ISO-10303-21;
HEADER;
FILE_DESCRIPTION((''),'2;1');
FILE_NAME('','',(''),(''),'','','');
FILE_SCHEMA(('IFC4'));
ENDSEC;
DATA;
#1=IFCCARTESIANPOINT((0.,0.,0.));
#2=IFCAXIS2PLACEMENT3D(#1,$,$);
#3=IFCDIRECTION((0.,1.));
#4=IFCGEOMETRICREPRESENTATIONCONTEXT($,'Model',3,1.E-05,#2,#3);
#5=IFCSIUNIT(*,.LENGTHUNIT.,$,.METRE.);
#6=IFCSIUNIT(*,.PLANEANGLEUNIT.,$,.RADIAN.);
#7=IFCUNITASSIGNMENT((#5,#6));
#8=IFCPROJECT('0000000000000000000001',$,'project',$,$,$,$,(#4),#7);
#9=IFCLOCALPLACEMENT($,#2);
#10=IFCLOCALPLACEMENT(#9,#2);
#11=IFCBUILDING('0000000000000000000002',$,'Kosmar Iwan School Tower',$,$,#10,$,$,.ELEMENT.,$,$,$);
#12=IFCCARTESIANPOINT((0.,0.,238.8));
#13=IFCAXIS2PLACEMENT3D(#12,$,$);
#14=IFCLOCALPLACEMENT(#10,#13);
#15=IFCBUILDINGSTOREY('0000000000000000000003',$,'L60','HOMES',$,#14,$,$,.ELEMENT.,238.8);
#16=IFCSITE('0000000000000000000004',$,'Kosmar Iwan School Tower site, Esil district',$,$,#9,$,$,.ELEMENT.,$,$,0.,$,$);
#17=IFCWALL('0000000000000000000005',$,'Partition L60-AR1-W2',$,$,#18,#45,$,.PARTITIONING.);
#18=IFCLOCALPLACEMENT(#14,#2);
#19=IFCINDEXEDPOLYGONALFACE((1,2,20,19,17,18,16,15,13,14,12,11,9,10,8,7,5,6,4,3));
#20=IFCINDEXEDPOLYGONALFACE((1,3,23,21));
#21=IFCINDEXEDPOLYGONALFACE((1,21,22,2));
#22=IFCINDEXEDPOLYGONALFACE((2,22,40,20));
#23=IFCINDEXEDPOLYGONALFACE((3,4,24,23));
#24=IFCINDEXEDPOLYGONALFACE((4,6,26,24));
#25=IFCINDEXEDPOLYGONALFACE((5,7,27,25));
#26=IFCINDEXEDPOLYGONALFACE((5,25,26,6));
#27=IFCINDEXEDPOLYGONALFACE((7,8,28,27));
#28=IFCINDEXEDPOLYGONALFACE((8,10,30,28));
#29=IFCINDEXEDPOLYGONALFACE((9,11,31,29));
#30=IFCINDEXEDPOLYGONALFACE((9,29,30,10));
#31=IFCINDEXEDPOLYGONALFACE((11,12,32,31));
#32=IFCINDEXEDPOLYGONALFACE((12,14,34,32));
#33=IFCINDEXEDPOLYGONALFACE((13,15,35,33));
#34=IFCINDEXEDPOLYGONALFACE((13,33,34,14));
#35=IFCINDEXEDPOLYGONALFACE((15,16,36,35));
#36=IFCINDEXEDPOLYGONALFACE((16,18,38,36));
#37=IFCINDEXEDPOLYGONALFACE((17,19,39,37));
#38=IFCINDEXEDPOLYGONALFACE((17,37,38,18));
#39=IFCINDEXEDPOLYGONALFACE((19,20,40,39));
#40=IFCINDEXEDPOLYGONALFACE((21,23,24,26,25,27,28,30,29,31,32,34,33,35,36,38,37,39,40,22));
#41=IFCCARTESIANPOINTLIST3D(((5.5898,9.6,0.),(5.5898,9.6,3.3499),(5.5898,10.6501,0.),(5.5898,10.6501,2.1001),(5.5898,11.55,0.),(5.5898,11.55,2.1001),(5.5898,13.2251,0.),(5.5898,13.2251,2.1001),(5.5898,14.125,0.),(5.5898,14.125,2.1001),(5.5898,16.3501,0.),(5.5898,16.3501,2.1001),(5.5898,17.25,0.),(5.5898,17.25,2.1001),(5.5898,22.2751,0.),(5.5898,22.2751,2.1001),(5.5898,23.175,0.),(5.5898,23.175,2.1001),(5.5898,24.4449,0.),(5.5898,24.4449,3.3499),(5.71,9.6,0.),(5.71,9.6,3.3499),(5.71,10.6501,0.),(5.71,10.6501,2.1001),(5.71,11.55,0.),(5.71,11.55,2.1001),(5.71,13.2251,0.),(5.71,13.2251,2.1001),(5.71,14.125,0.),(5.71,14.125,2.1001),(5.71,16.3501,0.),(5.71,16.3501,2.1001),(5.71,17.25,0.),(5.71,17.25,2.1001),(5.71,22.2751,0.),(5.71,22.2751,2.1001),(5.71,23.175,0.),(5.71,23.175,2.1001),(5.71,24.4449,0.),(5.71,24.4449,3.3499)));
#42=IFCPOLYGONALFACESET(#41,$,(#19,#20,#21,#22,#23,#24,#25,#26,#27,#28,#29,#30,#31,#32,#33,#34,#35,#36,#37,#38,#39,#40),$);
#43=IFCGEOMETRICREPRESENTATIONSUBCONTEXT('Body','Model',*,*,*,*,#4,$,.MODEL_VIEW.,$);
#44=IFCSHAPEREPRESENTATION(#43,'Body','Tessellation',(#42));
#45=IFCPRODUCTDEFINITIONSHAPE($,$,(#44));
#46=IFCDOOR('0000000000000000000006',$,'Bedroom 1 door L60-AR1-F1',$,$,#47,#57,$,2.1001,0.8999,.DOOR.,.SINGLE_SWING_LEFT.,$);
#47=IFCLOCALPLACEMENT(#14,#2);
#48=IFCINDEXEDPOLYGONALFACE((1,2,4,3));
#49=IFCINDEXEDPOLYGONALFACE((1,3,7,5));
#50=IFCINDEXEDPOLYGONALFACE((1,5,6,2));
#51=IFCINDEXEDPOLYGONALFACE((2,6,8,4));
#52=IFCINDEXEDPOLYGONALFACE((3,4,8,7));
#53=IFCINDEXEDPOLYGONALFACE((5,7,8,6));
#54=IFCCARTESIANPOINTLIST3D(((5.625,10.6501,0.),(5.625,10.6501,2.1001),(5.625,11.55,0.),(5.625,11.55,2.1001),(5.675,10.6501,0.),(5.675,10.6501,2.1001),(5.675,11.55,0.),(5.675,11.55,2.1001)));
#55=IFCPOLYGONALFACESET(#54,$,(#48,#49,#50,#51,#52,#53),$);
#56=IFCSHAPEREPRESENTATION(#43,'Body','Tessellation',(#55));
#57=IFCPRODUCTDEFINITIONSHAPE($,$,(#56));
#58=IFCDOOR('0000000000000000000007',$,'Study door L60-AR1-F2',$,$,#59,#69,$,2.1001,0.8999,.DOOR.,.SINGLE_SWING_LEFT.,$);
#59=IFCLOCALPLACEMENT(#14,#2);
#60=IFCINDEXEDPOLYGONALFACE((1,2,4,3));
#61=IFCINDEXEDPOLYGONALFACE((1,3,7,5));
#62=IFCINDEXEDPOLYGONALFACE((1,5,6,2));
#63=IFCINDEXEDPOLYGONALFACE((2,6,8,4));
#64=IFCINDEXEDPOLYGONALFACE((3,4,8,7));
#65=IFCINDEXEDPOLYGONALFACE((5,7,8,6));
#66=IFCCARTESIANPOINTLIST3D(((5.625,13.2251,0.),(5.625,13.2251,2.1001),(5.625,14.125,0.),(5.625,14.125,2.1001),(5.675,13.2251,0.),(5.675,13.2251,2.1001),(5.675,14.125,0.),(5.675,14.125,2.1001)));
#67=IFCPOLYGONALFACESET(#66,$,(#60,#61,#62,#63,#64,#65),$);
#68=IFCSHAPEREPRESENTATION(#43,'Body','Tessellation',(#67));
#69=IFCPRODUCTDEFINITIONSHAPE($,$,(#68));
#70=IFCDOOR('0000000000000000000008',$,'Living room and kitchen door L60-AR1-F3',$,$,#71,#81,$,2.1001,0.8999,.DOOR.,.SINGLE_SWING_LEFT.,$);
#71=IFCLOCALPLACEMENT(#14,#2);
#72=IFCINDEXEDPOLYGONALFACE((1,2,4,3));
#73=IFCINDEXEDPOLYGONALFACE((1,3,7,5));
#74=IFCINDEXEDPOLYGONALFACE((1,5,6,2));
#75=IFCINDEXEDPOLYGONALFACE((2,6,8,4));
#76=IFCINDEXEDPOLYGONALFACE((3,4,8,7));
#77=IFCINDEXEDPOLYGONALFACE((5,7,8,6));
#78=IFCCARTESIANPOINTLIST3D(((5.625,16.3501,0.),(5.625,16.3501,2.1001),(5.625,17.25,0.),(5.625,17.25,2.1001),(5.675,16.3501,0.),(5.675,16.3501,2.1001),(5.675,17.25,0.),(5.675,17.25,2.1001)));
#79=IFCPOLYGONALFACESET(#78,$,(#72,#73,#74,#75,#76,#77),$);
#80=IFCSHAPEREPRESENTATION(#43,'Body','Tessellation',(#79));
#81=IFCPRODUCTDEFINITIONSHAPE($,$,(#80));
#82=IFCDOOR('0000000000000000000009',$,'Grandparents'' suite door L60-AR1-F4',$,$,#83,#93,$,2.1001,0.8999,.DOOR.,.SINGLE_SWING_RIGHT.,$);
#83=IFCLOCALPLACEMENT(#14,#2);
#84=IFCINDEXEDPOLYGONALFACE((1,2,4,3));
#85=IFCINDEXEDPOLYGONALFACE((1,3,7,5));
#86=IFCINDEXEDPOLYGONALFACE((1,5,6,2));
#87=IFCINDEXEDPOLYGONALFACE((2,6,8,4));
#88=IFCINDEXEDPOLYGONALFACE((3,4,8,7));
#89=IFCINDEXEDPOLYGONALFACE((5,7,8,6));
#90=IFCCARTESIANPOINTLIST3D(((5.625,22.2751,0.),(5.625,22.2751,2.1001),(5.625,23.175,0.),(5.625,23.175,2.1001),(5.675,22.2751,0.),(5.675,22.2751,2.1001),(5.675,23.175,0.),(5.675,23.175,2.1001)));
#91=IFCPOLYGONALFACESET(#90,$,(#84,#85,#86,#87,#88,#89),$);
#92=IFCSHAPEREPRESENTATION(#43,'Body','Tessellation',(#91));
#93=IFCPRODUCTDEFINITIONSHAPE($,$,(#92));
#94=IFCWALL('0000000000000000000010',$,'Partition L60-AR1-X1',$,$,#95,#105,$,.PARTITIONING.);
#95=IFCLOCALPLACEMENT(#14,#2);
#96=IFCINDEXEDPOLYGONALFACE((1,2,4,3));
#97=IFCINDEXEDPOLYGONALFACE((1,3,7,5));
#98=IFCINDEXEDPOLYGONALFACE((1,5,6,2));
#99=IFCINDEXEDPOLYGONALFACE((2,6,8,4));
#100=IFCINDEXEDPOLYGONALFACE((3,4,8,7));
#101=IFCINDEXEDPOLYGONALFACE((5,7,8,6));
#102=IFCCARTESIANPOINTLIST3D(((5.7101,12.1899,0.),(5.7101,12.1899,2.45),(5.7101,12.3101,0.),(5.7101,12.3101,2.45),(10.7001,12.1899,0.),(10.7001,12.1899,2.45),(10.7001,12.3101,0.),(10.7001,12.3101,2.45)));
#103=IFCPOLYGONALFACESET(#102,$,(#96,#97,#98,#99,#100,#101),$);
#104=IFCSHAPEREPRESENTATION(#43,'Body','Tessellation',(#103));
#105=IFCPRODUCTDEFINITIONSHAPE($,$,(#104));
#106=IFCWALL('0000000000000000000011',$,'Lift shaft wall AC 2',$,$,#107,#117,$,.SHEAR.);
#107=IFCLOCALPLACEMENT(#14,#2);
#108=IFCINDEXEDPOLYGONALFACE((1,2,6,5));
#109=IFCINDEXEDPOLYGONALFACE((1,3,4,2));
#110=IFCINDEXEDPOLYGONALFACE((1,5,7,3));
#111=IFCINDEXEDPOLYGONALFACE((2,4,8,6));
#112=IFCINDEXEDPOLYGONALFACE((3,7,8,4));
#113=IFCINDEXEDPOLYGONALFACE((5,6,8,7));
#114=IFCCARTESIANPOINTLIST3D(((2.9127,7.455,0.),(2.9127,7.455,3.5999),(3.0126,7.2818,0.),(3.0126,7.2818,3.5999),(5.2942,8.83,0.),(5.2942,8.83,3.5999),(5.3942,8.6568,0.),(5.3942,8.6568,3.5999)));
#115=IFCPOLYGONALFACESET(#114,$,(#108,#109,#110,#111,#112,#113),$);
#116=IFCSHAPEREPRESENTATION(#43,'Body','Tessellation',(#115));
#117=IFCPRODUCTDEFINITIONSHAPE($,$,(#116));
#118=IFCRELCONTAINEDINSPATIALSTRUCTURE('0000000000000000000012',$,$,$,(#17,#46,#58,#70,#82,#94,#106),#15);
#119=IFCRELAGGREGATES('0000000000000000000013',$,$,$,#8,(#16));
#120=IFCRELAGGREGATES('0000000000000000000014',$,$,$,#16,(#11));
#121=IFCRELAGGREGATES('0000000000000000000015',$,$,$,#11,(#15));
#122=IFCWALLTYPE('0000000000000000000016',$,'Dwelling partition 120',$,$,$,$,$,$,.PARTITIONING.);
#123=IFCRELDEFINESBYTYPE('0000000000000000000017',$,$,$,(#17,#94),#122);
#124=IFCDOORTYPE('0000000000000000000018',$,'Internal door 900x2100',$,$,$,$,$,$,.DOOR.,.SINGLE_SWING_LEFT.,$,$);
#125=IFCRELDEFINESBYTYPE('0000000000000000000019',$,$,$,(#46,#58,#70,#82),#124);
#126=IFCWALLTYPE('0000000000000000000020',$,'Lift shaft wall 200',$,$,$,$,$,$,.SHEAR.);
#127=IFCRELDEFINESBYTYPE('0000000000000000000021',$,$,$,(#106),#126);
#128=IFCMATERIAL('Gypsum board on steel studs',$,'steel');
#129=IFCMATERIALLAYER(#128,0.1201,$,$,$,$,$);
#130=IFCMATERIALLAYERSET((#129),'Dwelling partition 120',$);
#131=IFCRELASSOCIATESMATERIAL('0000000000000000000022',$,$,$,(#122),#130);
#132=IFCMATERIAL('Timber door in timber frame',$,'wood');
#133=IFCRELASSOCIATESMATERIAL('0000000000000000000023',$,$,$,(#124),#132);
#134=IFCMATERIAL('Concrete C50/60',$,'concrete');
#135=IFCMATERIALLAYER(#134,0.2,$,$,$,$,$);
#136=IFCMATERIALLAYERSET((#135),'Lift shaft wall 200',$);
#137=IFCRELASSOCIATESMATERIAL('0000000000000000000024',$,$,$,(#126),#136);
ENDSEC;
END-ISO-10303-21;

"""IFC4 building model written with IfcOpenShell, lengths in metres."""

from ifc_helpers import new_model, si_unit, direction, frame, frame_2d, origin, place, context, subcontext, project, spatial, rectangle, extrude, material, layer, layer_set, type_object, element, fill, save


model = new_model("IFC4")

# Units and contexts
model_context = context("Model", 3, precision=1e-05, world=origin(), true_north=direction((0.0, 1.0)))
body_context = subcontext(model_context, "Body", "Model", "MODEL_VIEW")
ifc_project = project(units=[si_unit("LENGTHUNIT", "METRE"), si_unit("PLANEANGLEUNIT", "RADIAN")], contexts=[model_context])

# Site, building, storey
site_placement = place(None, origin())
site = spatial("IfcSite", under=ifc_project, at=site_placement, Name="Kosmar Iwan School Tower site, Esil district", CompositionType="ELEMENT", RefElevation=0.0)
building_placement = place(site_placement, origin())
building = spatial("IfcBuilding", under=site, at=building_placement, Name="Kosmar Iwan School Tower", CompositionType="ELEMENT")
storey_placement = place(building_placement, frame((0.0, 0.0, 238.8)))
storey = spatial("IfcBuildingStorey", under=building, at=storey_placement, Name="L60", Description="HOMES", CompositionType="ELEMENT", Elevation=238.8)

# Wall, openings, doors
ifc_material_1 = material(Name="Gypsum board on steel studs", Category="steel")
ifc_layer_1 = layer(ifc_material_1, 0.1201)
ifc_layer_set_1 = layer_set([ifc_layer_1], Name="Dwelling partition 120")
wall_type_1 = type_object("IfcWallType", Name="Dwelling partition 120", PredefinedType="PARTITIONING", material=ifc_layer_set_1)
ifc_material_2 = material(Name="Timber door in timber frame", Category="wood")
door_type_1 = type_object("IfcDoorType", Name="Internal door 900x2100", OperationType="SINGLE_SWING_LEFT", PredefinedType="DOOR", material=ifc_material_2)
wall_1_placement = place(storey_placement, frame((5.6499, 9.6001, 0.0), z_axis=(0.0, 0.0, 1.0), x_axis=(0.0, 1.0, 0.0)))
wall_1 = element("IfcWall", 1, at=wall_1_placement, inside=storey, type_object=wall_type_1, Name="Partition L60-AR1-W2", PredefinedType="PARTITIONING", context=body_context, shape_type="SweptSolid", body=[
    extrude(rectangle(XDim=14.845, YDim=0.1201, at=frame_2d((7.4224, 0.0))), origin(), (0.0, 0.0, 1.0), 3.3499),
])
opening_1_placement = place(wall_1_placement, frame((1.05, 0.0, 0.0)))
opening_1 = element("IfcOpeningElement", 2, at=opening_1_placement, cuts=wall_1, PredefinedType="OPENING", context=body_context, shape_type="SweptSolid", body=[
    extrude(rectangle(XDim=0.8999, YDim=2.1001, at=frame_2d((0.45, 1.05))), frame((0.0, 0.072, 0.0), z_axis=(0.0, -1.0, 0.0), x_axis=(1.0, 0.0, 0.0)), (0.0, 0.0, 1.0), 0.144),
])
opening_2_placement = place(wall_1_placement, frame((3.625, 0.0, 0.0)))
opening_2 = element("IfcOpeningElement", 3, at=opening_2_placement, cuts=wall_1, PredefinedType="OPENING", context=body_context, shape_type="SweptSolid", body=[
    extrude(rectangle(XDim=0.8999, YDim=2.1001, at=frame_2d((0.45, 1.05))), frame((0.0, 0.072, 0.0), z_axis=(0.0, -1.0, 0.0), x_axis=(1.0, 0.0, 0.0)), (0.0, 0.0, 1.0), 0.144),
])
opening_3_placement = place(wall_1_placement, frame((6.75, 0.0, 0.0)))
opening_3 = element("IfcOpeningElement", 4, at=opening_3_placement, cuts=wall_1, PredefinedType="OPENING", context=body_context, shape_type="SweptSolid", body=[
    extrude(rectangle(XDim=0.8999, YDim=2.1001, at=frame_2d((0.45, 1.05))), frame((0.0, 0.072, 0.0), z_axis=(0.0, -1.0, 0.0), x_axis=(1.0, 0.0, 0.0)), (0.0, 0.0, 1.0), 0.144),
])
opening_4_placement = place(wall_1_placement, frame((12.675, 0.0, 0.0)))
opening_4 = element("IfcOpeningElement", 5, at=opening_4_placement, cuts=wall_1, PredefinedType="OPENING", context=body_context, shape_type="SweptSolid", body=[
    extrude(rectangle(XDim=0.8999, YDim=2.1001, at=frame_2d((0.45, 1.05))), frame((0.0, 0.072, 0.0), z_axis=(0.0, -1.0, 0.0), x_axis=(1.0, 0.0, 0.0)), (0.0, 0.0, 1.0), 0.144),
])
door_1_placement = place(opening_1_placement, origin())
door_1 = element("IfcDoor", 6, at=door_1_placement, inside=storey, type_object=door_type_1, Name="Bedroom 1 door L60-AR1-F1", OperationType="SINGLE_SWING_LEFT", OverallHeight=2.1001, OverallWidth=0.8999, PredefinedType="DOOR", context=body_context, shape_type="SweptSolid", body=[
    extrude(rectangle(XDim=0.8999, YDim=2.1001, at=frame_2d((0.45, 1.05))), frame((0.0, 0.0249, 0.0), z_axis=(0.0, -1.0, 0.0), x_axis=(1.0, 0.0, 0.0)), (0.0, 0.0, 1.0), 0.05),
])
fill(opening_1, door_1)
door_2_placement = place(opening_2_placement, origin())
door_2 = element("IfcDoor", 7, at=door_2_placement, inside=storey, type_object=door_type_1, Name="Study door L60-AR1-F2", OperationType="SINGLE_SWING_LEFT", OverallHeight=2.1001, OverallWidth=0.8999, PredefinedType="DOOR", context=body_context, shape_type="SweptSolid", body=[
    extrude(rectangle(XDim=0.8999, YDim=2.1001, at=frame_2d((0.45, 1.05))), frame((0.0, 0.0249, 0.0), z_axis=(0.0, -1.0, 0.0), x_axis=(1.0, 0.0, 0.0)), (0.0, 0.0, 1.0), 0.05),
])
fill(opening_2, door_2)
door_3_placement = place(opening_3_placement, origin())
door_3 = element("IfcDoor", 8, at=door_3_placement, inside=storey, type_object=door_type_1, Name="Living room and kitchen door L60-AR1-F3", OperationType="SINGLE_SWING_LEFT", OverallHeight=2.1001, OverallWidth=0.8999, PredefinedType="DOOR", context=body_context, shape_type="SweptSolid", body=[
    extrude(rectangle(XDim=0.8999, YDim=2.1001, at=frame_2d((0.45, 1.05))), frame((0.0, 0.0249, 0.0), z_axis=(0.0, -1.0, 0.0), x_axis=(1.0, 0.0, 0.0)), (0.0, 0.0, 1.0), 0.05),
])
fill(opening_3, door_3)
door_4_placement = place(opening_4_placement, origin())
door_4 = element("IfcDoor", 9, at=door_4_placement, inside=storey, type_object=door_type_1, Name="Grandparents' suite door L60-AR1-F4", OperationType="SINGLE_SWING_RIGHT", OverallHeight=2.1001, OverallWidth=0.8999, PredefinedType="DOOR", context=body_context, shape_type="SweptSolid", body=[
    extrude(rectangle(XDim=0.8999, YDim=2.1001, at=frame_2d((0.45, 1.05))), frame((0.0, 0.0249, 0.0), z_axis=(0.0, -1.0, 0.0), x_axis=(1.0, 0.0, 0.0)), (0.0, 0.0, 1.0), 0.05),
])
fill(opening_4, door_4)

# Walls
wall_2_placement = place(storey_placement, frame((5.71, 12.25, 0.0), z_axis=(0.0, 0.0, 1.0), x_axis=(1.0, 0.0, 0.0)))
element("IfcWall", 10, at=wall_2_placement, inside=storey, type_object=wall_type_1, Name="Partition L60-AR1-X1", PredefinedType="PARTITIONING", context=body_context, shape_type="SweptSolid", body=[
    extrude(rectangle(XDim=4.99, YDim=0.1201, at=frame_2d((2.4951, 0.0))), origin(), (0.0, 0.0, 1.0), 2.45),
])
ifc_material_3 = material(Name="Concrete C50/60", Category="concrete")
ifc_layer_2 = layer(ifc_material_3, 0.2)
ifc_layer_set_2 = layer_set([ifc_layer_2], Name="Lift shaft wall 200")
wall_type_2 = type_object("IfcWallType", Name="Lift shaft wall 200", PredefinedType="SHEAR", material=ifc_layer_set_2)
wall_3_placement = place(storey_placement, frame((2.9626, 7.3684, 0.0), z_axis=(0.0, 0.0, 1.0), x_axis=(0.866027, 0.499997, 0.0)))
element("IfcWall", 11, at=wall_3_placement, inside=storey, type_object=wall_type_2, Name="Lift shaft wall AC 2", PredefinedType="SHEAR", context=body_context, shape_type="SweptSolid", body=[
    extrude(rectangle(XDim=2.75, YDim=0.2, at=frame_2d((1.375, 0.0))), origin(), (0.0, 0.0, 1.0), 3.5999),
])

save(model, "model.ifc")
